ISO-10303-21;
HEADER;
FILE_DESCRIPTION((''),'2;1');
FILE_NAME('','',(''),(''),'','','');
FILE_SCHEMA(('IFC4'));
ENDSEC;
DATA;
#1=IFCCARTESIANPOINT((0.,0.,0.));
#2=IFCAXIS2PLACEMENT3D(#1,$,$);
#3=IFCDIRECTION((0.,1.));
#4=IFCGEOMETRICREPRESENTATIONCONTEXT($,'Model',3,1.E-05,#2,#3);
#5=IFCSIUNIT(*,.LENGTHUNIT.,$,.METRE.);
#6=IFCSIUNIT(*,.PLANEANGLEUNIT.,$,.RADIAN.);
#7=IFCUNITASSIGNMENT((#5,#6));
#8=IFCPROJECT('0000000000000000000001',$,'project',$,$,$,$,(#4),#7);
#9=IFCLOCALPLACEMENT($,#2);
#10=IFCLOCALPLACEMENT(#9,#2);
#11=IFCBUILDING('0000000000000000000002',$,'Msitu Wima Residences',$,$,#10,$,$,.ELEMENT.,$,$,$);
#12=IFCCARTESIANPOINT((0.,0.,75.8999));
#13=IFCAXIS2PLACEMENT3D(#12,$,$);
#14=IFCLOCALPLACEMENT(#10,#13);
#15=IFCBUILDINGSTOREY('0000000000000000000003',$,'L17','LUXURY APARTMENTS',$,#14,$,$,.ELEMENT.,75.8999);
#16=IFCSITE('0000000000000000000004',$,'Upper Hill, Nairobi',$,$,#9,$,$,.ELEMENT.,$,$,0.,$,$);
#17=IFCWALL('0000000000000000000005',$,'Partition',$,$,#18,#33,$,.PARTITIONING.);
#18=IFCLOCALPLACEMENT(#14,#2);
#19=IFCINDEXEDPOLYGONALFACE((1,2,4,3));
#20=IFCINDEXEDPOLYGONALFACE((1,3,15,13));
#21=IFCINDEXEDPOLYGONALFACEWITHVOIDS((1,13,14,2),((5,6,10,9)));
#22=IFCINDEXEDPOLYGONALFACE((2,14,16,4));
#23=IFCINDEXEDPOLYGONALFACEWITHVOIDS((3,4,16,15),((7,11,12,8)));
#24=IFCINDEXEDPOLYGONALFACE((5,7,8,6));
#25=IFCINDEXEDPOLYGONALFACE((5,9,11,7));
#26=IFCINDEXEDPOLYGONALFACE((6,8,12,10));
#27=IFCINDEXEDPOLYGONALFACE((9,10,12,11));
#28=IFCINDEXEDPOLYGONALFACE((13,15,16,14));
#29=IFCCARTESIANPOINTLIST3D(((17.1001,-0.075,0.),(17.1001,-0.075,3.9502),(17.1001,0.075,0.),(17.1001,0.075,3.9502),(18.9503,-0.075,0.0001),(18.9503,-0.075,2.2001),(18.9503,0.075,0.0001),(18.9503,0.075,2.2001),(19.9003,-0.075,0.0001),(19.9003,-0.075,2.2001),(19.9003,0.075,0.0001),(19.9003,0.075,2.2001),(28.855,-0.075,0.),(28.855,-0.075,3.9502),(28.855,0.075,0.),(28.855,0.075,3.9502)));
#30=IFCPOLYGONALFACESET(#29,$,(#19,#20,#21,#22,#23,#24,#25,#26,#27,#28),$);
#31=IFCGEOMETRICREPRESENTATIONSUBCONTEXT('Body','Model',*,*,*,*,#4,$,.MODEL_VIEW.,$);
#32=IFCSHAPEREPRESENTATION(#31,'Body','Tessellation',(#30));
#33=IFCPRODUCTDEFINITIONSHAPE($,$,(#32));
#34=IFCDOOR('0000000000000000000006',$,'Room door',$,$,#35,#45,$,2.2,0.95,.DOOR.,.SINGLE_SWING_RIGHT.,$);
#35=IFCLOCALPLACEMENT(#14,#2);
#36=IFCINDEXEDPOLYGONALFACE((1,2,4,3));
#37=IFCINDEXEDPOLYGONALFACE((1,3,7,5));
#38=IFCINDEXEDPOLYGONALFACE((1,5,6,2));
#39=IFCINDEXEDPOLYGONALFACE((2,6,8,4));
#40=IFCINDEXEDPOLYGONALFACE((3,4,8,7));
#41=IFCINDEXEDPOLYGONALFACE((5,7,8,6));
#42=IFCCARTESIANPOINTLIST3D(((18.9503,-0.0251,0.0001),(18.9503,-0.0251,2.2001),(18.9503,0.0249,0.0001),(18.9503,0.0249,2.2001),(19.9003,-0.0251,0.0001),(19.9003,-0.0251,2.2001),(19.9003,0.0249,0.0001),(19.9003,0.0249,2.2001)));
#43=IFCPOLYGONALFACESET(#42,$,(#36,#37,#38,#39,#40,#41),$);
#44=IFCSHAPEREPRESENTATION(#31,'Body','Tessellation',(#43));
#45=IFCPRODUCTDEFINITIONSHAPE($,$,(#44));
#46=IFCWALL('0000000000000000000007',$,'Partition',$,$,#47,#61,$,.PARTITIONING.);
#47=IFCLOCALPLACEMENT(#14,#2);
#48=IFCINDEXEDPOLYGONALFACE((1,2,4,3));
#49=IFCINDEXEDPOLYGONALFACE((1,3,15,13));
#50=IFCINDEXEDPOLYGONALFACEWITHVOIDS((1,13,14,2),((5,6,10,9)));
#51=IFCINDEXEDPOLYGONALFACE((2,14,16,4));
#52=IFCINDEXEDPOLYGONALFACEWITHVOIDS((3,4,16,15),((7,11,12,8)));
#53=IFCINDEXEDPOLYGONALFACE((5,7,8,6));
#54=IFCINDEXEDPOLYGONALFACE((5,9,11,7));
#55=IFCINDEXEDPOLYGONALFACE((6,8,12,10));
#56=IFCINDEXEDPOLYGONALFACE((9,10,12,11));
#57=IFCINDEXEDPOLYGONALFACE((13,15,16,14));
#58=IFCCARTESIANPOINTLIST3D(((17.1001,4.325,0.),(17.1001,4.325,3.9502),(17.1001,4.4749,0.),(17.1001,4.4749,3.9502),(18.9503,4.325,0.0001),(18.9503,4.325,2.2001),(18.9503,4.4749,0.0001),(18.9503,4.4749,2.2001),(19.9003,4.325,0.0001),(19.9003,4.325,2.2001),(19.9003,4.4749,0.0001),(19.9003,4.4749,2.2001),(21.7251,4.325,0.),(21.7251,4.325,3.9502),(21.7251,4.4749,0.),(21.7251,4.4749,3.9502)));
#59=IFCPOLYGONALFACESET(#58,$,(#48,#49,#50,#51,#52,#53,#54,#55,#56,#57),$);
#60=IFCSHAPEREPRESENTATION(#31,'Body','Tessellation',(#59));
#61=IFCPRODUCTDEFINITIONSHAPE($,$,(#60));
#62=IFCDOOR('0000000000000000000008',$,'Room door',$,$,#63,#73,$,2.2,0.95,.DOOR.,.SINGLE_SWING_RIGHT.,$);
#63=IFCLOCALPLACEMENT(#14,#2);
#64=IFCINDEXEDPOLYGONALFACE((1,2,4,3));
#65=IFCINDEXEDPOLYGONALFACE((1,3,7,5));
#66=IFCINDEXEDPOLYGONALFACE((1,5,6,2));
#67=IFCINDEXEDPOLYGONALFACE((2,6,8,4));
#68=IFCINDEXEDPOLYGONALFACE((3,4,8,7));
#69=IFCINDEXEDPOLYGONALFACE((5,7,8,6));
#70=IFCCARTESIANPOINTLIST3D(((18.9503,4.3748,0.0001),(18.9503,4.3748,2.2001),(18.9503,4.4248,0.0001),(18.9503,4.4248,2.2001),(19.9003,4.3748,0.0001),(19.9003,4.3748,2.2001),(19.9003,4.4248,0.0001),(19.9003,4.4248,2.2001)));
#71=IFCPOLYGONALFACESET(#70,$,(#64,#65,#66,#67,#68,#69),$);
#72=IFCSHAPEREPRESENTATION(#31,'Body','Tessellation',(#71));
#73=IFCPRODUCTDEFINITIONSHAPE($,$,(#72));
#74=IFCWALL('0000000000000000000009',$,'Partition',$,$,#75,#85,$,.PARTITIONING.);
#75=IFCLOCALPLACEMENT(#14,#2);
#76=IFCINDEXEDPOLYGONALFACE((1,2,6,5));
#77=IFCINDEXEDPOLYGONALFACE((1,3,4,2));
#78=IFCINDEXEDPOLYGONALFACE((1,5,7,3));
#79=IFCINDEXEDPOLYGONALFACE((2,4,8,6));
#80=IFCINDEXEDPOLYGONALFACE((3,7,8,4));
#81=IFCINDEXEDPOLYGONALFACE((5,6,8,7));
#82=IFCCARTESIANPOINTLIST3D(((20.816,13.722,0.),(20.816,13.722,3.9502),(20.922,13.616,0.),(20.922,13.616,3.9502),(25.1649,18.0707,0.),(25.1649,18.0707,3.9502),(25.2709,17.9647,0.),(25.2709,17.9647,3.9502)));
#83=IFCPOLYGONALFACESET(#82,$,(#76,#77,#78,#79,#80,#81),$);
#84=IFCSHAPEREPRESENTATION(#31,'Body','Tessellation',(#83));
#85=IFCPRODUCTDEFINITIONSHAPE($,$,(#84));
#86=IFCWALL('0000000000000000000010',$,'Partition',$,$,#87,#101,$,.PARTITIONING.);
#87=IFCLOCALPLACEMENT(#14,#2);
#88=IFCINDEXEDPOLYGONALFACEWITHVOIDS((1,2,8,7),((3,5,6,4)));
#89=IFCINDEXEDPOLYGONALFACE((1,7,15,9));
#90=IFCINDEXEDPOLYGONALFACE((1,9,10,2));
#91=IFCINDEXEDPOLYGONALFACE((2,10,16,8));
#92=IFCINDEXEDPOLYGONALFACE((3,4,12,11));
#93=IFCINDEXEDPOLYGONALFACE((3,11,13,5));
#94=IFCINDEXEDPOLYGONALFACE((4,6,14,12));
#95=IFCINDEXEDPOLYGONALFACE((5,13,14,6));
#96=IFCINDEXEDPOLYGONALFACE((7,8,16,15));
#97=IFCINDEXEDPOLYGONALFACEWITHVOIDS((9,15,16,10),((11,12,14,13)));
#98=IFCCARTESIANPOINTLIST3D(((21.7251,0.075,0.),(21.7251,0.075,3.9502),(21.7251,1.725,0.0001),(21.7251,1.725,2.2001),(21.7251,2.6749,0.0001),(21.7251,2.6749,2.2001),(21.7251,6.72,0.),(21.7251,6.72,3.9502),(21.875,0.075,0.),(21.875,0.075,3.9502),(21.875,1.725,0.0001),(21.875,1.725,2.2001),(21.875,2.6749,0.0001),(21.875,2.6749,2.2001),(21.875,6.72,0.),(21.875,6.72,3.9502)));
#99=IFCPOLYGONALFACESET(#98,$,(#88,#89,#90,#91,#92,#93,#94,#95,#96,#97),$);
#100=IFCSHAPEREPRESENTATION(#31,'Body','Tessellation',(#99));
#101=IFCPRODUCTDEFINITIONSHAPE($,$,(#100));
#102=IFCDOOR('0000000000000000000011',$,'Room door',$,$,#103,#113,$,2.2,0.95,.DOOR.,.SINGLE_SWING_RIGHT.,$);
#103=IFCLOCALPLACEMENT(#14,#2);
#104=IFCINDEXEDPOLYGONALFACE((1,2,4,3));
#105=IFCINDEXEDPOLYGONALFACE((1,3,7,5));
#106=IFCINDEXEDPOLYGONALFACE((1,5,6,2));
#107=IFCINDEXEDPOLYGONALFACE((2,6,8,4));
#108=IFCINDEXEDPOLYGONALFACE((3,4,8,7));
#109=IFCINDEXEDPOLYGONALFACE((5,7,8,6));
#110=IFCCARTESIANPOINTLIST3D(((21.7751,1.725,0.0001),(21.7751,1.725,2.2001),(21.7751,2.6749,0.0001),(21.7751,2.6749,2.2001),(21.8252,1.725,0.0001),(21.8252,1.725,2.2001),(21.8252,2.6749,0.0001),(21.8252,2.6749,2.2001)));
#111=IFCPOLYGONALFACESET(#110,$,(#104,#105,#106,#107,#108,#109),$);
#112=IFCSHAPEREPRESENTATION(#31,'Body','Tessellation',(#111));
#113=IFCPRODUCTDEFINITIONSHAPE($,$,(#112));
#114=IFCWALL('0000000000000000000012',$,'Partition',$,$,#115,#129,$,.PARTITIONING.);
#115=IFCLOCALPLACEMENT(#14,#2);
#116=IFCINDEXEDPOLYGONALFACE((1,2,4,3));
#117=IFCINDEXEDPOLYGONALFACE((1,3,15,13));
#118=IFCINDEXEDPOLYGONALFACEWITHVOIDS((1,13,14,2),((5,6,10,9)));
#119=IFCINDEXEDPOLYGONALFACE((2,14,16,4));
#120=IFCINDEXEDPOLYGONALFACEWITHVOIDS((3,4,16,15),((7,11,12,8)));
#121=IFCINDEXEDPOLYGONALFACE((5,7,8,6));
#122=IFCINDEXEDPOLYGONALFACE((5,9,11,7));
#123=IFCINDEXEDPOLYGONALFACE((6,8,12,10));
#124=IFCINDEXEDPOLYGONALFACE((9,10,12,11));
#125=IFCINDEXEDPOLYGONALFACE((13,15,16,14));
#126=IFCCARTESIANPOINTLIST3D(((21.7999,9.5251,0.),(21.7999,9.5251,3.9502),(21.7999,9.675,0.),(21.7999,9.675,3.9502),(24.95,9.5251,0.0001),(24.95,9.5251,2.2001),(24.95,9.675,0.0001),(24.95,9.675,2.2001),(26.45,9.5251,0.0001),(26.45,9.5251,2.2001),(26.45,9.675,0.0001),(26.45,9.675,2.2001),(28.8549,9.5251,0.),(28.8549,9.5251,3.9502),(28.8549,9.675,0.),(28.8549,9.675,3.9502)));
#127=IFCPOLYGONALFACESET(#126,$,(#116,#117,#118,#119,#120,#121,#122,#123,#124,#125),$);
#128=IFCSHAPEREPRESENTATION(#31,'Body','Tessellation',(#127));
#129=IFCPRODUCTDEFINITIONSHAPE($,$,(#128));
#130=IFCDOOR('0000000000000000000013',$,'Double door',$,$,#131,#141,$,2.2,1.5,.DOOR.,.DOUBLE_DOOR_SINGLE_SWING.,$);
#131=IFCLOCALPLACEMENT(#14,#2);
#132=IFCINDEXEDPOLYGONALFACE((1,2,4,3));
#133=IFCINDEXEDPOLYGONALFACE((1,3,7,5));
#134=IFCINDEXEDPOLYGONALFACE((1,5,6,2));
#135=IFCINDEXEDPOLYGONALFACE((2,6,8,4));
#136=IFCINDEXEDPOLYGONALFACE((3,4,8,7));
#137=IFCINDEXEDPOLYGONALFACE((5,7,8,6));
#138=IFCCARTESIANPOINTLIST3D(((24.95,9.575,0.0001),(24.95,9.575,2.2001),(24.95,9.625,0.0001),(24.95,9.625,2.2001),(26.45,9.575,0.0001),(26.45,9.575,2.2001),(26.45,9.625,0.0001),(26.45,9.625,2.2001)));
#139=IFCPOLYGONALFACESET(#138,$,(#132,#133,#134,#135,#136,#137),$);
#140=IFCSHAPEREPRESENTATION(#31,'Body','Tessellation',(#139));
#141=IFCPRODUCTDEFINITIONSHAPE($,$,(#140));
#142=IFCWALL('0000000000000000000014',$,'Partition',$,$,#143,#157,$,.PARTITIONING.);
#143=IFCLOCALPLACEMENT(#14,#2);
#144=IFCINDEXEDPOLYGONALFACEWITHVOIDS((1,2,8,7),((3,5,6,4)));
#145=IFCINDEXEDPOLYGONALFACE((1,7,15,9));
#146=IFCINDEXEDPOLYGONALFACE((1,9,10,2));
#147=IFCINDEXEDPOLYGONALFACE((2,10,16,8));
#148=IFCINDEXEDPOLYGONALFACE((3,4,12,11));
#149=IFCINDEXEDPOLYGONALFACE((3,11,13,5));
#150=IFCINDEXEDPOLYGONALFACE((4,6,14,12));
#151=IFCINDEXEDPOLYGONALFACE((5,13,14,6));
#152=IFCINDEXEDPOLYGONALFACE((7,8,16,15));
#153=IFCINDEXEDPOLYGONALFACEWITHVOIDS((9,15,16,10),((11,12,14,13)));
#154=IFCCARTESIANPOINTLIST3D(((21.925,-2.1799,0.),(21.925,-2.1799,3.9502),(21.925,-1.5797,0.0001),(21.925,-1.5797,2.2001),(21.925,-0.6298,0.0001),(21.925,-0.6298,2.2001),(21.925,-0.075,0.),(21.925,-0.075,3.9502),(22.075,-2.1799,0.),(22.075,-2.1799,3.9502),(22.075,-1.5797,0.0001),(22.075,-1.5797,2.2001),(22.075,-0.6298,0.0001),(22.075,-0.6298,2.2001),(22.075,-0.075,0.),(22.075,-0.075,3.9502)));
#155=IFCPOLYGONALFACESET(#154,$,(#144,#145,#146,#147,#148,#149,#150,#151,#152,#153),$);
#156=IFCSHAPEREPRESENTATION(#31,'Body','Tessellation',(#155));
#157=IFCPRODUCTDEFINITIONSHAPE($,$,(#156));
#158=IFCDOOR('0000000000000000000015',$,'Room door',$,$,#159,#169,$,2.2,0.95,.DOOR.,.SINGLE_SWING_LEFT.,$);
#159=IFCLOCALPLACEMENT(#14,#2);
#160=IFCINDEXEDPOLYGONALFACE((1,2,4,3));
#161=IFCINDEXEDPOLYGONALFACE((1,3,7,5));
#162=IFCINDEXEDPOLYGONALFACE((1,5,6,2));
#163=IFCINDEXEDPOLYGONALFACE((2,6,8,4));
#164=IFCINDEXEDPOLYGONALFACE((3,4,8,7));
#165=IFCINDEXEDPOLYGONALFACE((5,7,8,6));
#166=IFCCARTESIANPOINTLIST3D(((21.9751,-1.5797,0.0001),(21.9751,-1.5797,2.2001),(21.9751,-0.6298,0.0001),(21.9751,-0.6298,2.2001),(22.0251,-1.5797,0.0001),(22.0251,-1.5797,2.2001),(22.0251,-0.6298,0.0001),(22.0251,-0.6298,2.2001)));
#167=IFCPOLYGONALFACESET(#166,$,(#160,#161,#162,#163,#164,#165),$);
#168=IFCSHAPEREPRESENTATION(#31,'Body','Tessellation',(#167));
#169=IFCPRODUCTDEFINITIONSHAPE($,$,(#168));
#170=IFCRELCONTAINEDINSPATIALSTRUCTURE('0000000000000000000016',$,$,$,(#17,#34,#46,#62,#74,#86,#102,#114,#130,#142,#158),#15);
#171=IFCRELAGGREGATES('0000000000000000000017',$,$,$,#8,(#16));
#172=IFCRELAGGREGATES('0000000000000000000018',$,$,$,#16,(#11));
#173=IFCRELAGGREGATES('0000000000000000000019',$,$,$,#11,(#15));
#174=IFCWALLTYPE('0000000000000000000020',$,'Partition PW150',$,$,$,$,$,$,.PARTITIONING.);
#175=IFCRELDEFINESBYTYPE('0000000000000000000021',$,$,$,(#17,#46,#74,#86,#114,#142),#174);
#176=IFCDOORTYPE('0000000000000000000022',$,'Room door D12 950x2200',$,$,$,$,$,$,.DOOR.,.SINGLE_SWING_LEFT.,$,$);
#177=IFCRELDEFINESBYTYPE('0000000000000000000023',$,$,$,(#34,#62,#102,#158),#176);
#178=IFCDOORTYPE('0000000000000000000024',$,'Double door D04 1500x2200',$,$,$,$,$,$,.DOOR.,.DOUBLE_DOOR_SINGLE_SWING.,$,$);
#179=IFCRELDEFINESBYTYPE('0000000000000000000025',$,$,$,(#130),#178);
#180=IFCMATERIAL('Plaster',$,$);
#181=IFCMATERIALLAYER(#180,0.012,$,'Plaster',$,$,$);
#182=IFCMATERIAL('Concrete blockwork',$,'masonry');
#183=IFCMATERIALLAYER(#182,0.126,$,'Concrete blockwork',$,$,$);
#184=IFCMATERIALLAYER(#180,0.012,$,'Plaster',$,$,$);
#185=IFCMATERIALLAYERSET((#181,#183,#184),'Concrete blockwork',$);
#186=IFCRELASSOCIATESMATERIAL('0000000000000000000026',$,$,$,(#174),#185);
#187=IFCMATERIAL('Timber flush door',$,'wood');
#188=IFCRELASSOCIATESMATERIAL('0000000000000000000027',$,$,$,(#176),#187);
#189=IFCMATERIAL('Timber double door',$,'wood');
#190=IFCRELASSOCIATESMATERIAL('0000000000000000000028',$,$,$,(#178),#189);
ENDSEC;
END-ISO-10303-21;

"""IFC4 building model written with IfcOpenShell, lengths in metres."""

from ifc_helpers import new_model, si_unit, direction, frame, frame_2d, origin, place, context, subcontext, project, spatial, rectangle, extrude, material, layer, layer_set, type_object, element, fill, save


model = new_model("IFC4")

# Units and contexts
model_context = context("Model", 3, precision=1e-05, world=origin(), true_north=direction((0.0, 1.0)))
body_context = subcontext(model_context, "Body", "Model", "MODEL_VIEW")
ifc_project = project(units=[si_unit("LENGTHUNIT", "METRE"), si_unit("PLANEANGLEUNIT", "RADIAN")], contexts=[model_context])

# Site, building, storey
site_placement = place(None, origin())
site = spatial("IfcSite", under=ifc_project, at=site_placement, Name="Upper Hill, Nairobi", CompositionType="ELEMENT", RefElevation=0.0)
building_placement = place(site_placement, origin())
building = spatial("IfcBuilding", under=site, at=building_placement, Name="Msitu Wima Residences", CompositionType="ELEMENT")
storey_placement = place(building_placement, frame((0.0, 0.0, 75.8999)))
storey = spatial("IfcBuildingStorey", under=building, at=storey_placement, Name="L17", Description="LUXURY APARTMENTS", CompositionType="ELEMENT", Elevation=75.8999)

# Walls, openings, doors
ifc_material_1 = material(Name="Plaster")
ifc_layer_1 = layer(ifc_material_1, 0.012, Name="Plaster")
ifc_material_2 = material(Name="Concrete blockwork", Category="masonry")
ifc_layer_2 = layer(ifc_material_2, 0.126, Name="Concrete blockwork")
ifc_layer_3 = layer(ifc_material_1, 0.012, Name="Plaster")
ifc_layer_set_1 = layer_set([ifc_layer_1, ifc_layer_2, ifc_layer_3], Name="Concrete blockwork")
wall_type_1 = type_object("IfcWallType", Name="Partition PW150", PredefinedType="PARTITIONING", material=ifc_layer_set_1)
wall_1_placement = place(storey_placement, frame((17.1001, 0.0, 0.0), z_axis=(0.0, 0.0, 1.0), x_axis=(1.0, 0.0, 0.0)))
wall_1 = element("IfcWall", 1, at=wall_1_placement, inside=storey, type_object=wall_type_1, Name="Partition", PredefinedType="PARTITIONING", context=body_context, shape_type="SweptSolid", body=[
    extrude(rectangle(XDim=11.7549, YDim=0.1499, at=frame_2d((5.8774, 0.0))), origin(), (0.0, 0.0, 1.0), 3.9502),
])
opening_1_placement = place(wall_1_placement, frame((1.8501, 0.0, 0.0)))
opening_1 = element("IfcOpeningElement", 2, at=opening_1_placement, cuts=wall_1, PredefinedType="OPENING", context=body_context, shape_type="SweptSolid", body=[
    extrude(rectangle(XDim=0.95, YDim=2.2, at=frame_2d((0.4751, 1.1001))), frame((0.0, 0.085, 0.0), z_axis=(0.0, -1.0, 0.0), x_axis=(1.0, 0.0, 0.0)), (0.0, 0.0, 1.0), 0.1699),
])
ifc_material_3 = material(Name="Timber flush door", Category="wood")
door_type_1 = type_object("IfcDoorType", Name="Room door D12 950x2200", OperationType="SINGLE_SWING_LEFT", PredefinedType="DOOR", material=ifc_material_3)
door_1_placement = place(opening_1_placement, origin())
door_1 = element("IfcDoor", 3, at=door_1_placement, inside=storey, type_object=door_type_1, Name="Room door", OperationType="SINGLE_SWING_RIGHT", OverallHeight=2.2, OverallWidth=0.95, PredefinedType="DOOR", context=body_context, shape_type="SweptSolid", body=[
    extrude(rectangle(XDim=0.95, YDim=2.2, at=frame_2d((0.4751, 1.1001))), frame((0.0, 0.0249, 0.0), z_axis=(0.0, -1.0, 0.0), x_axis=(1.0, 0.0, 0.0)), (0.0, 0.0, 1.0), 0.05),
])
fill(opening_1, door_1)
wall_2_placement = place(storey_placement, frame((17.1001, 4.3999, 0.0), z_axis=(0.0, 0.0, 1.0), x_axis=(1.0, 0.0, 0.0)))
wall_2 = element("IfcWall", 4, at=wall_2_placement, inside=storey, type_object=wall_type_1, Name="Partition", PredefinedType="PARTITIONING", context=body_context, shape_type="SweptSolid", body=[
    extrude(rectangle(XDim=4.625, YDim=0.1499, at=frame_2d((2.3125, 0.0))), origin(), (0.0, 0.0, 1.0), 3.9502),
])
opening_2_placement = place(wall_2_placement, frame((1.8501, 0.0, 0.0)))
opening_2 = element("IfcOpeningElement", 5, at=opening_2_placement, cuts=wall_2, PredefinedType="OPENING", context=body_context, shape_type="SweptSolid", body=[
    extrude(rectangle(XDim=0.95, YDim=2.2, at=frame_2d((0.4751, 1.1001))), frame((0.0, 0.085, 0.0), z_axis=(0.0, -1.0, 0.0), x_axis=(1.0, 0.0, 0.0)), (0.0, 0.0, 1.0), 0.1699),
])
door_2_placement = place(opening_2_placement, origin())
door_2 = element("IfcDoor", 6, at=door_2_placement, inside=storey, type_object=door_type_1, Name="Room door", OperationType="SINGLE_SWING_RIGHT", OverallHeight=2.2, OverallWidth=0.95, PredefinedType="DOOR", context=body_context, shape_type="SweptSolid", body=[
    extrude(rectangle(XDim=0.95, YDim=2.2, at=frame_2d((0.4751, 1.1001))), frame((0.0, 0.0249, 0.0), z_axis=(0.0, -1.0, 0.0), x_axis=(1.0, 0.0, 0.0)), (0.0, 0.0, 1.0), 0.05),
])
fill(opening_2, door_2)

# Wall
wall_3_placement = place(storey_placement, frame((20.8689, 13.6689, 0.0), z_axis=(0.0, 0.0, 1.0), x_axis=(0.707127, 0.707087, 0.0)))
element("IfcWall", 7, at=wall_3_placement, inside=storey, type_object=wall_type_1, Name="Partition", PredefinedType="PARTITIONING", context=body_context, shape_type="SweptSolid", body=[
    extrude(rectangle(XDim=6.1501, YDim=0.1499, at=frame_2d((3.0752, 0.0))), origin(), (0.0, 0.0, 1.0), 3.9502),
])

# Walls, openings, doors
wall_4_placement = place(storey_placement, frame((21.8, 0.075, 0.0), z_axis=(0.0, 0.0, 1.0), x_axis=(0.0, 1.0, 0.0)))
wall_4 = element("IfcWall", 8, at=wall_4_placement, inside=storey, type_object=wall_type_1, Name="Partition", PredefinedType="PARTITIONING", context=body_context, shape_type="SweptSolid", body=[
    extrude(rectangle(XDim=6.645, YDim=0.1499, at=frame_2d((3.3225, 0.0))), origin(), (0.0, 0.0, 1.0), 3.9502),
])
opening_3_placement = place(wall_4_placement, frame((1.6499, 0.0, 0.0)))
opening_3 = element("IfcOpeningElement", 9, at=opening_3_placement, cuts=wall_4, PredefinedType="OPENING", context=body_context, shape_type="SweptSolid", body=[
    extrude(rectangle(XDim=0.95, YDim=2.2, at=frame_2d((0.4751, 1.1001))), frame((0.0, 0.085, 0.0), z_axis=(0.0, -1.0, 0.0), x_axis=(1.0, 0.0, 0.0)), (0.0, 0.0, 1.0), 0.1699),
])
door_3_placement = place(opening_3_placement, origin())
door_3 = element("IfcDoor", 10, at=door_3_placement, inside=storey, type_object=door_type_1, Name="Room door", OperationType="SINGLE_SWING_RIGHT", OverallHeight=2.2, OverallWidth=0.95, PredefinedType="DOOR", context=body_context, shape_type="SweptSolid", body=[
    extrude(rectangle(XDim=0.95, YDim=2.2, at=frame_2d((0.4751, 1.1001))), frame((0.0, 0.0249, 0.0), z_axis=(0.0, -1.0, 0.0), x_axis=(1.0, 0.0, 0.0)), (0.0, 0.0, 1.0), 0.05),
])
fill(opening_3, door_3)
wall_5_placement = place(storey_placement, frame((21.8, 9.6001, 0.0), z_axis=(0.0, 0.0, 1.0), x_axis=(1.0, 0.0, 0.0)))
wall_5 = element("IfcWall", 11, at=wall_5_placement, inside=storey, type_object=wall_type_1, Name="Partition", PredefinedType="PARTITIONING", context=body_context, shape_type="SweptSolid", body=[
    extrude(rectangle(XDim=7.0549, YDim=0.1499, at=frame_2d((3.5273, 0.0))), origin(), (0.0, 0.0, 1.0), 3.9502),
])
opening_4_placement = place(wall_5_placement, frame((3.1499, 0.0, 0.0)))
opening_4 = element("IfcOpeningElement", 12, at=opening_4_placement, cuts=wall_5, PredefinedType="OPENING", context=body_context, shape_type="SweptSolid", body=[
    extrude(rectangle(XDim=1.5, YDim=2.2, at=frame_2d((0.75, 1.1001))), frame((0.0, 0.085, 0.0), z_axis=(0.0, -1.0, 0.0), x_axis=(1.0, 0.0, 0.0)), (0.0, 0.0, 1.0), 0.1699),
])
ifc_material_4 = material(Name="Timber double door", Category="wood")
door_type_2 = type_object("IfcDoorType", Name="Double door D04 1500x2200", OperationType="DOUBLE_DOOR_SINGLE_SWING", PredefinedType="DOOR", material=ifc_material_4)
door_4_placement = place(opening_4_placement, origin())
door_4 = element("IfcDoor", 13, at=door_4_placement, inside=storey, type_object=door_type_2, Name="Double door", OperationType="DOUBLE_DOOR_SINGLE_SWING", OverallHeight=2.2, OverallWidth=1.5, PredefinedType="DOOR", context=body_context, shape_type="SweptSolid", body=[
    extrude(rectangle(XDim=1.5, YDim=2.2, at=frame_2d((0.75, 1.1001))), frame((0.0, 0.0249, 0.0), z_axis=(0.0, -1.0, 0.0), x_axis=(1.0, 0.0, 0.0)), (0.0, 0.0, 1.0), 0.05),
])
fill(opening_4, door_4)
wall_6_placement = place(storey_placement, frame((22.0, -2.1799, 0.0), z_axis=(0.0, 0.0, 1.0), x_axis=(0.0, 1.0, 0.0)))
wall_6 = element("IfcWall", 14, at=wall_6_placement, inside=storey, type_object=wall_type_1, Name="Partition", PredefinedType="PARTITIONING", context=body_context, shape_type="SweptSolid", body=[
    extrude(rectangle(XDim=2.105, YDim=0.1499, at=frame_2d((1.0525, 0.0))), origin(), (0.0, 0.0, 1.0), 3.9502),
])
opening_5_placement = place(wall_6_placement, frame((0.6001, 0.0, 0.0)))
opening_5 = element("IfcOpeningElement", 15, at=opening_5_placement, cuts=wall_6, PredefinedType="OPENING", context=body_context, shape_type="SweptSolid", body=[
    extrude(rectangle(XDim=0.95, YDim=2.2, at=frame_2d((0.4751, 1.1001))), frame((0.0, 0.085, 0.0), z_axis=(0.0, -1.0, 0.0), x_axis=(1.0, 0.0, 0.0)), (0.0, 0.0, 1.0), 0.1699),
])
door_5_placement = place(opening_5_placement, origin())
door_5 = element("IfcDoor", 16, at=door_5_placement, inside=storey, type_object=door_type_1, Name="Room door", OperationType="SINGLE_SWING_LEFT", OverallHeight=2.2, OverallWidth=0.95, PredefinedType="DOOR", context=body_context, shape_type="SweptSolid", body=[
    extrude(rectangle(XDim=0.95, YDim=2.2, at=frame_2d((0.4751, 1.1001))), frame((0.0, 0.0249, 0.0), z_axis=(0.0, -1.0, 0.0), x_axis=(1.0, 0.0, 0.0)), (0.0, 0.0, 1.0), 0.05),
])
fill(opening_5, door_5)

save(model, "model.ifc")
